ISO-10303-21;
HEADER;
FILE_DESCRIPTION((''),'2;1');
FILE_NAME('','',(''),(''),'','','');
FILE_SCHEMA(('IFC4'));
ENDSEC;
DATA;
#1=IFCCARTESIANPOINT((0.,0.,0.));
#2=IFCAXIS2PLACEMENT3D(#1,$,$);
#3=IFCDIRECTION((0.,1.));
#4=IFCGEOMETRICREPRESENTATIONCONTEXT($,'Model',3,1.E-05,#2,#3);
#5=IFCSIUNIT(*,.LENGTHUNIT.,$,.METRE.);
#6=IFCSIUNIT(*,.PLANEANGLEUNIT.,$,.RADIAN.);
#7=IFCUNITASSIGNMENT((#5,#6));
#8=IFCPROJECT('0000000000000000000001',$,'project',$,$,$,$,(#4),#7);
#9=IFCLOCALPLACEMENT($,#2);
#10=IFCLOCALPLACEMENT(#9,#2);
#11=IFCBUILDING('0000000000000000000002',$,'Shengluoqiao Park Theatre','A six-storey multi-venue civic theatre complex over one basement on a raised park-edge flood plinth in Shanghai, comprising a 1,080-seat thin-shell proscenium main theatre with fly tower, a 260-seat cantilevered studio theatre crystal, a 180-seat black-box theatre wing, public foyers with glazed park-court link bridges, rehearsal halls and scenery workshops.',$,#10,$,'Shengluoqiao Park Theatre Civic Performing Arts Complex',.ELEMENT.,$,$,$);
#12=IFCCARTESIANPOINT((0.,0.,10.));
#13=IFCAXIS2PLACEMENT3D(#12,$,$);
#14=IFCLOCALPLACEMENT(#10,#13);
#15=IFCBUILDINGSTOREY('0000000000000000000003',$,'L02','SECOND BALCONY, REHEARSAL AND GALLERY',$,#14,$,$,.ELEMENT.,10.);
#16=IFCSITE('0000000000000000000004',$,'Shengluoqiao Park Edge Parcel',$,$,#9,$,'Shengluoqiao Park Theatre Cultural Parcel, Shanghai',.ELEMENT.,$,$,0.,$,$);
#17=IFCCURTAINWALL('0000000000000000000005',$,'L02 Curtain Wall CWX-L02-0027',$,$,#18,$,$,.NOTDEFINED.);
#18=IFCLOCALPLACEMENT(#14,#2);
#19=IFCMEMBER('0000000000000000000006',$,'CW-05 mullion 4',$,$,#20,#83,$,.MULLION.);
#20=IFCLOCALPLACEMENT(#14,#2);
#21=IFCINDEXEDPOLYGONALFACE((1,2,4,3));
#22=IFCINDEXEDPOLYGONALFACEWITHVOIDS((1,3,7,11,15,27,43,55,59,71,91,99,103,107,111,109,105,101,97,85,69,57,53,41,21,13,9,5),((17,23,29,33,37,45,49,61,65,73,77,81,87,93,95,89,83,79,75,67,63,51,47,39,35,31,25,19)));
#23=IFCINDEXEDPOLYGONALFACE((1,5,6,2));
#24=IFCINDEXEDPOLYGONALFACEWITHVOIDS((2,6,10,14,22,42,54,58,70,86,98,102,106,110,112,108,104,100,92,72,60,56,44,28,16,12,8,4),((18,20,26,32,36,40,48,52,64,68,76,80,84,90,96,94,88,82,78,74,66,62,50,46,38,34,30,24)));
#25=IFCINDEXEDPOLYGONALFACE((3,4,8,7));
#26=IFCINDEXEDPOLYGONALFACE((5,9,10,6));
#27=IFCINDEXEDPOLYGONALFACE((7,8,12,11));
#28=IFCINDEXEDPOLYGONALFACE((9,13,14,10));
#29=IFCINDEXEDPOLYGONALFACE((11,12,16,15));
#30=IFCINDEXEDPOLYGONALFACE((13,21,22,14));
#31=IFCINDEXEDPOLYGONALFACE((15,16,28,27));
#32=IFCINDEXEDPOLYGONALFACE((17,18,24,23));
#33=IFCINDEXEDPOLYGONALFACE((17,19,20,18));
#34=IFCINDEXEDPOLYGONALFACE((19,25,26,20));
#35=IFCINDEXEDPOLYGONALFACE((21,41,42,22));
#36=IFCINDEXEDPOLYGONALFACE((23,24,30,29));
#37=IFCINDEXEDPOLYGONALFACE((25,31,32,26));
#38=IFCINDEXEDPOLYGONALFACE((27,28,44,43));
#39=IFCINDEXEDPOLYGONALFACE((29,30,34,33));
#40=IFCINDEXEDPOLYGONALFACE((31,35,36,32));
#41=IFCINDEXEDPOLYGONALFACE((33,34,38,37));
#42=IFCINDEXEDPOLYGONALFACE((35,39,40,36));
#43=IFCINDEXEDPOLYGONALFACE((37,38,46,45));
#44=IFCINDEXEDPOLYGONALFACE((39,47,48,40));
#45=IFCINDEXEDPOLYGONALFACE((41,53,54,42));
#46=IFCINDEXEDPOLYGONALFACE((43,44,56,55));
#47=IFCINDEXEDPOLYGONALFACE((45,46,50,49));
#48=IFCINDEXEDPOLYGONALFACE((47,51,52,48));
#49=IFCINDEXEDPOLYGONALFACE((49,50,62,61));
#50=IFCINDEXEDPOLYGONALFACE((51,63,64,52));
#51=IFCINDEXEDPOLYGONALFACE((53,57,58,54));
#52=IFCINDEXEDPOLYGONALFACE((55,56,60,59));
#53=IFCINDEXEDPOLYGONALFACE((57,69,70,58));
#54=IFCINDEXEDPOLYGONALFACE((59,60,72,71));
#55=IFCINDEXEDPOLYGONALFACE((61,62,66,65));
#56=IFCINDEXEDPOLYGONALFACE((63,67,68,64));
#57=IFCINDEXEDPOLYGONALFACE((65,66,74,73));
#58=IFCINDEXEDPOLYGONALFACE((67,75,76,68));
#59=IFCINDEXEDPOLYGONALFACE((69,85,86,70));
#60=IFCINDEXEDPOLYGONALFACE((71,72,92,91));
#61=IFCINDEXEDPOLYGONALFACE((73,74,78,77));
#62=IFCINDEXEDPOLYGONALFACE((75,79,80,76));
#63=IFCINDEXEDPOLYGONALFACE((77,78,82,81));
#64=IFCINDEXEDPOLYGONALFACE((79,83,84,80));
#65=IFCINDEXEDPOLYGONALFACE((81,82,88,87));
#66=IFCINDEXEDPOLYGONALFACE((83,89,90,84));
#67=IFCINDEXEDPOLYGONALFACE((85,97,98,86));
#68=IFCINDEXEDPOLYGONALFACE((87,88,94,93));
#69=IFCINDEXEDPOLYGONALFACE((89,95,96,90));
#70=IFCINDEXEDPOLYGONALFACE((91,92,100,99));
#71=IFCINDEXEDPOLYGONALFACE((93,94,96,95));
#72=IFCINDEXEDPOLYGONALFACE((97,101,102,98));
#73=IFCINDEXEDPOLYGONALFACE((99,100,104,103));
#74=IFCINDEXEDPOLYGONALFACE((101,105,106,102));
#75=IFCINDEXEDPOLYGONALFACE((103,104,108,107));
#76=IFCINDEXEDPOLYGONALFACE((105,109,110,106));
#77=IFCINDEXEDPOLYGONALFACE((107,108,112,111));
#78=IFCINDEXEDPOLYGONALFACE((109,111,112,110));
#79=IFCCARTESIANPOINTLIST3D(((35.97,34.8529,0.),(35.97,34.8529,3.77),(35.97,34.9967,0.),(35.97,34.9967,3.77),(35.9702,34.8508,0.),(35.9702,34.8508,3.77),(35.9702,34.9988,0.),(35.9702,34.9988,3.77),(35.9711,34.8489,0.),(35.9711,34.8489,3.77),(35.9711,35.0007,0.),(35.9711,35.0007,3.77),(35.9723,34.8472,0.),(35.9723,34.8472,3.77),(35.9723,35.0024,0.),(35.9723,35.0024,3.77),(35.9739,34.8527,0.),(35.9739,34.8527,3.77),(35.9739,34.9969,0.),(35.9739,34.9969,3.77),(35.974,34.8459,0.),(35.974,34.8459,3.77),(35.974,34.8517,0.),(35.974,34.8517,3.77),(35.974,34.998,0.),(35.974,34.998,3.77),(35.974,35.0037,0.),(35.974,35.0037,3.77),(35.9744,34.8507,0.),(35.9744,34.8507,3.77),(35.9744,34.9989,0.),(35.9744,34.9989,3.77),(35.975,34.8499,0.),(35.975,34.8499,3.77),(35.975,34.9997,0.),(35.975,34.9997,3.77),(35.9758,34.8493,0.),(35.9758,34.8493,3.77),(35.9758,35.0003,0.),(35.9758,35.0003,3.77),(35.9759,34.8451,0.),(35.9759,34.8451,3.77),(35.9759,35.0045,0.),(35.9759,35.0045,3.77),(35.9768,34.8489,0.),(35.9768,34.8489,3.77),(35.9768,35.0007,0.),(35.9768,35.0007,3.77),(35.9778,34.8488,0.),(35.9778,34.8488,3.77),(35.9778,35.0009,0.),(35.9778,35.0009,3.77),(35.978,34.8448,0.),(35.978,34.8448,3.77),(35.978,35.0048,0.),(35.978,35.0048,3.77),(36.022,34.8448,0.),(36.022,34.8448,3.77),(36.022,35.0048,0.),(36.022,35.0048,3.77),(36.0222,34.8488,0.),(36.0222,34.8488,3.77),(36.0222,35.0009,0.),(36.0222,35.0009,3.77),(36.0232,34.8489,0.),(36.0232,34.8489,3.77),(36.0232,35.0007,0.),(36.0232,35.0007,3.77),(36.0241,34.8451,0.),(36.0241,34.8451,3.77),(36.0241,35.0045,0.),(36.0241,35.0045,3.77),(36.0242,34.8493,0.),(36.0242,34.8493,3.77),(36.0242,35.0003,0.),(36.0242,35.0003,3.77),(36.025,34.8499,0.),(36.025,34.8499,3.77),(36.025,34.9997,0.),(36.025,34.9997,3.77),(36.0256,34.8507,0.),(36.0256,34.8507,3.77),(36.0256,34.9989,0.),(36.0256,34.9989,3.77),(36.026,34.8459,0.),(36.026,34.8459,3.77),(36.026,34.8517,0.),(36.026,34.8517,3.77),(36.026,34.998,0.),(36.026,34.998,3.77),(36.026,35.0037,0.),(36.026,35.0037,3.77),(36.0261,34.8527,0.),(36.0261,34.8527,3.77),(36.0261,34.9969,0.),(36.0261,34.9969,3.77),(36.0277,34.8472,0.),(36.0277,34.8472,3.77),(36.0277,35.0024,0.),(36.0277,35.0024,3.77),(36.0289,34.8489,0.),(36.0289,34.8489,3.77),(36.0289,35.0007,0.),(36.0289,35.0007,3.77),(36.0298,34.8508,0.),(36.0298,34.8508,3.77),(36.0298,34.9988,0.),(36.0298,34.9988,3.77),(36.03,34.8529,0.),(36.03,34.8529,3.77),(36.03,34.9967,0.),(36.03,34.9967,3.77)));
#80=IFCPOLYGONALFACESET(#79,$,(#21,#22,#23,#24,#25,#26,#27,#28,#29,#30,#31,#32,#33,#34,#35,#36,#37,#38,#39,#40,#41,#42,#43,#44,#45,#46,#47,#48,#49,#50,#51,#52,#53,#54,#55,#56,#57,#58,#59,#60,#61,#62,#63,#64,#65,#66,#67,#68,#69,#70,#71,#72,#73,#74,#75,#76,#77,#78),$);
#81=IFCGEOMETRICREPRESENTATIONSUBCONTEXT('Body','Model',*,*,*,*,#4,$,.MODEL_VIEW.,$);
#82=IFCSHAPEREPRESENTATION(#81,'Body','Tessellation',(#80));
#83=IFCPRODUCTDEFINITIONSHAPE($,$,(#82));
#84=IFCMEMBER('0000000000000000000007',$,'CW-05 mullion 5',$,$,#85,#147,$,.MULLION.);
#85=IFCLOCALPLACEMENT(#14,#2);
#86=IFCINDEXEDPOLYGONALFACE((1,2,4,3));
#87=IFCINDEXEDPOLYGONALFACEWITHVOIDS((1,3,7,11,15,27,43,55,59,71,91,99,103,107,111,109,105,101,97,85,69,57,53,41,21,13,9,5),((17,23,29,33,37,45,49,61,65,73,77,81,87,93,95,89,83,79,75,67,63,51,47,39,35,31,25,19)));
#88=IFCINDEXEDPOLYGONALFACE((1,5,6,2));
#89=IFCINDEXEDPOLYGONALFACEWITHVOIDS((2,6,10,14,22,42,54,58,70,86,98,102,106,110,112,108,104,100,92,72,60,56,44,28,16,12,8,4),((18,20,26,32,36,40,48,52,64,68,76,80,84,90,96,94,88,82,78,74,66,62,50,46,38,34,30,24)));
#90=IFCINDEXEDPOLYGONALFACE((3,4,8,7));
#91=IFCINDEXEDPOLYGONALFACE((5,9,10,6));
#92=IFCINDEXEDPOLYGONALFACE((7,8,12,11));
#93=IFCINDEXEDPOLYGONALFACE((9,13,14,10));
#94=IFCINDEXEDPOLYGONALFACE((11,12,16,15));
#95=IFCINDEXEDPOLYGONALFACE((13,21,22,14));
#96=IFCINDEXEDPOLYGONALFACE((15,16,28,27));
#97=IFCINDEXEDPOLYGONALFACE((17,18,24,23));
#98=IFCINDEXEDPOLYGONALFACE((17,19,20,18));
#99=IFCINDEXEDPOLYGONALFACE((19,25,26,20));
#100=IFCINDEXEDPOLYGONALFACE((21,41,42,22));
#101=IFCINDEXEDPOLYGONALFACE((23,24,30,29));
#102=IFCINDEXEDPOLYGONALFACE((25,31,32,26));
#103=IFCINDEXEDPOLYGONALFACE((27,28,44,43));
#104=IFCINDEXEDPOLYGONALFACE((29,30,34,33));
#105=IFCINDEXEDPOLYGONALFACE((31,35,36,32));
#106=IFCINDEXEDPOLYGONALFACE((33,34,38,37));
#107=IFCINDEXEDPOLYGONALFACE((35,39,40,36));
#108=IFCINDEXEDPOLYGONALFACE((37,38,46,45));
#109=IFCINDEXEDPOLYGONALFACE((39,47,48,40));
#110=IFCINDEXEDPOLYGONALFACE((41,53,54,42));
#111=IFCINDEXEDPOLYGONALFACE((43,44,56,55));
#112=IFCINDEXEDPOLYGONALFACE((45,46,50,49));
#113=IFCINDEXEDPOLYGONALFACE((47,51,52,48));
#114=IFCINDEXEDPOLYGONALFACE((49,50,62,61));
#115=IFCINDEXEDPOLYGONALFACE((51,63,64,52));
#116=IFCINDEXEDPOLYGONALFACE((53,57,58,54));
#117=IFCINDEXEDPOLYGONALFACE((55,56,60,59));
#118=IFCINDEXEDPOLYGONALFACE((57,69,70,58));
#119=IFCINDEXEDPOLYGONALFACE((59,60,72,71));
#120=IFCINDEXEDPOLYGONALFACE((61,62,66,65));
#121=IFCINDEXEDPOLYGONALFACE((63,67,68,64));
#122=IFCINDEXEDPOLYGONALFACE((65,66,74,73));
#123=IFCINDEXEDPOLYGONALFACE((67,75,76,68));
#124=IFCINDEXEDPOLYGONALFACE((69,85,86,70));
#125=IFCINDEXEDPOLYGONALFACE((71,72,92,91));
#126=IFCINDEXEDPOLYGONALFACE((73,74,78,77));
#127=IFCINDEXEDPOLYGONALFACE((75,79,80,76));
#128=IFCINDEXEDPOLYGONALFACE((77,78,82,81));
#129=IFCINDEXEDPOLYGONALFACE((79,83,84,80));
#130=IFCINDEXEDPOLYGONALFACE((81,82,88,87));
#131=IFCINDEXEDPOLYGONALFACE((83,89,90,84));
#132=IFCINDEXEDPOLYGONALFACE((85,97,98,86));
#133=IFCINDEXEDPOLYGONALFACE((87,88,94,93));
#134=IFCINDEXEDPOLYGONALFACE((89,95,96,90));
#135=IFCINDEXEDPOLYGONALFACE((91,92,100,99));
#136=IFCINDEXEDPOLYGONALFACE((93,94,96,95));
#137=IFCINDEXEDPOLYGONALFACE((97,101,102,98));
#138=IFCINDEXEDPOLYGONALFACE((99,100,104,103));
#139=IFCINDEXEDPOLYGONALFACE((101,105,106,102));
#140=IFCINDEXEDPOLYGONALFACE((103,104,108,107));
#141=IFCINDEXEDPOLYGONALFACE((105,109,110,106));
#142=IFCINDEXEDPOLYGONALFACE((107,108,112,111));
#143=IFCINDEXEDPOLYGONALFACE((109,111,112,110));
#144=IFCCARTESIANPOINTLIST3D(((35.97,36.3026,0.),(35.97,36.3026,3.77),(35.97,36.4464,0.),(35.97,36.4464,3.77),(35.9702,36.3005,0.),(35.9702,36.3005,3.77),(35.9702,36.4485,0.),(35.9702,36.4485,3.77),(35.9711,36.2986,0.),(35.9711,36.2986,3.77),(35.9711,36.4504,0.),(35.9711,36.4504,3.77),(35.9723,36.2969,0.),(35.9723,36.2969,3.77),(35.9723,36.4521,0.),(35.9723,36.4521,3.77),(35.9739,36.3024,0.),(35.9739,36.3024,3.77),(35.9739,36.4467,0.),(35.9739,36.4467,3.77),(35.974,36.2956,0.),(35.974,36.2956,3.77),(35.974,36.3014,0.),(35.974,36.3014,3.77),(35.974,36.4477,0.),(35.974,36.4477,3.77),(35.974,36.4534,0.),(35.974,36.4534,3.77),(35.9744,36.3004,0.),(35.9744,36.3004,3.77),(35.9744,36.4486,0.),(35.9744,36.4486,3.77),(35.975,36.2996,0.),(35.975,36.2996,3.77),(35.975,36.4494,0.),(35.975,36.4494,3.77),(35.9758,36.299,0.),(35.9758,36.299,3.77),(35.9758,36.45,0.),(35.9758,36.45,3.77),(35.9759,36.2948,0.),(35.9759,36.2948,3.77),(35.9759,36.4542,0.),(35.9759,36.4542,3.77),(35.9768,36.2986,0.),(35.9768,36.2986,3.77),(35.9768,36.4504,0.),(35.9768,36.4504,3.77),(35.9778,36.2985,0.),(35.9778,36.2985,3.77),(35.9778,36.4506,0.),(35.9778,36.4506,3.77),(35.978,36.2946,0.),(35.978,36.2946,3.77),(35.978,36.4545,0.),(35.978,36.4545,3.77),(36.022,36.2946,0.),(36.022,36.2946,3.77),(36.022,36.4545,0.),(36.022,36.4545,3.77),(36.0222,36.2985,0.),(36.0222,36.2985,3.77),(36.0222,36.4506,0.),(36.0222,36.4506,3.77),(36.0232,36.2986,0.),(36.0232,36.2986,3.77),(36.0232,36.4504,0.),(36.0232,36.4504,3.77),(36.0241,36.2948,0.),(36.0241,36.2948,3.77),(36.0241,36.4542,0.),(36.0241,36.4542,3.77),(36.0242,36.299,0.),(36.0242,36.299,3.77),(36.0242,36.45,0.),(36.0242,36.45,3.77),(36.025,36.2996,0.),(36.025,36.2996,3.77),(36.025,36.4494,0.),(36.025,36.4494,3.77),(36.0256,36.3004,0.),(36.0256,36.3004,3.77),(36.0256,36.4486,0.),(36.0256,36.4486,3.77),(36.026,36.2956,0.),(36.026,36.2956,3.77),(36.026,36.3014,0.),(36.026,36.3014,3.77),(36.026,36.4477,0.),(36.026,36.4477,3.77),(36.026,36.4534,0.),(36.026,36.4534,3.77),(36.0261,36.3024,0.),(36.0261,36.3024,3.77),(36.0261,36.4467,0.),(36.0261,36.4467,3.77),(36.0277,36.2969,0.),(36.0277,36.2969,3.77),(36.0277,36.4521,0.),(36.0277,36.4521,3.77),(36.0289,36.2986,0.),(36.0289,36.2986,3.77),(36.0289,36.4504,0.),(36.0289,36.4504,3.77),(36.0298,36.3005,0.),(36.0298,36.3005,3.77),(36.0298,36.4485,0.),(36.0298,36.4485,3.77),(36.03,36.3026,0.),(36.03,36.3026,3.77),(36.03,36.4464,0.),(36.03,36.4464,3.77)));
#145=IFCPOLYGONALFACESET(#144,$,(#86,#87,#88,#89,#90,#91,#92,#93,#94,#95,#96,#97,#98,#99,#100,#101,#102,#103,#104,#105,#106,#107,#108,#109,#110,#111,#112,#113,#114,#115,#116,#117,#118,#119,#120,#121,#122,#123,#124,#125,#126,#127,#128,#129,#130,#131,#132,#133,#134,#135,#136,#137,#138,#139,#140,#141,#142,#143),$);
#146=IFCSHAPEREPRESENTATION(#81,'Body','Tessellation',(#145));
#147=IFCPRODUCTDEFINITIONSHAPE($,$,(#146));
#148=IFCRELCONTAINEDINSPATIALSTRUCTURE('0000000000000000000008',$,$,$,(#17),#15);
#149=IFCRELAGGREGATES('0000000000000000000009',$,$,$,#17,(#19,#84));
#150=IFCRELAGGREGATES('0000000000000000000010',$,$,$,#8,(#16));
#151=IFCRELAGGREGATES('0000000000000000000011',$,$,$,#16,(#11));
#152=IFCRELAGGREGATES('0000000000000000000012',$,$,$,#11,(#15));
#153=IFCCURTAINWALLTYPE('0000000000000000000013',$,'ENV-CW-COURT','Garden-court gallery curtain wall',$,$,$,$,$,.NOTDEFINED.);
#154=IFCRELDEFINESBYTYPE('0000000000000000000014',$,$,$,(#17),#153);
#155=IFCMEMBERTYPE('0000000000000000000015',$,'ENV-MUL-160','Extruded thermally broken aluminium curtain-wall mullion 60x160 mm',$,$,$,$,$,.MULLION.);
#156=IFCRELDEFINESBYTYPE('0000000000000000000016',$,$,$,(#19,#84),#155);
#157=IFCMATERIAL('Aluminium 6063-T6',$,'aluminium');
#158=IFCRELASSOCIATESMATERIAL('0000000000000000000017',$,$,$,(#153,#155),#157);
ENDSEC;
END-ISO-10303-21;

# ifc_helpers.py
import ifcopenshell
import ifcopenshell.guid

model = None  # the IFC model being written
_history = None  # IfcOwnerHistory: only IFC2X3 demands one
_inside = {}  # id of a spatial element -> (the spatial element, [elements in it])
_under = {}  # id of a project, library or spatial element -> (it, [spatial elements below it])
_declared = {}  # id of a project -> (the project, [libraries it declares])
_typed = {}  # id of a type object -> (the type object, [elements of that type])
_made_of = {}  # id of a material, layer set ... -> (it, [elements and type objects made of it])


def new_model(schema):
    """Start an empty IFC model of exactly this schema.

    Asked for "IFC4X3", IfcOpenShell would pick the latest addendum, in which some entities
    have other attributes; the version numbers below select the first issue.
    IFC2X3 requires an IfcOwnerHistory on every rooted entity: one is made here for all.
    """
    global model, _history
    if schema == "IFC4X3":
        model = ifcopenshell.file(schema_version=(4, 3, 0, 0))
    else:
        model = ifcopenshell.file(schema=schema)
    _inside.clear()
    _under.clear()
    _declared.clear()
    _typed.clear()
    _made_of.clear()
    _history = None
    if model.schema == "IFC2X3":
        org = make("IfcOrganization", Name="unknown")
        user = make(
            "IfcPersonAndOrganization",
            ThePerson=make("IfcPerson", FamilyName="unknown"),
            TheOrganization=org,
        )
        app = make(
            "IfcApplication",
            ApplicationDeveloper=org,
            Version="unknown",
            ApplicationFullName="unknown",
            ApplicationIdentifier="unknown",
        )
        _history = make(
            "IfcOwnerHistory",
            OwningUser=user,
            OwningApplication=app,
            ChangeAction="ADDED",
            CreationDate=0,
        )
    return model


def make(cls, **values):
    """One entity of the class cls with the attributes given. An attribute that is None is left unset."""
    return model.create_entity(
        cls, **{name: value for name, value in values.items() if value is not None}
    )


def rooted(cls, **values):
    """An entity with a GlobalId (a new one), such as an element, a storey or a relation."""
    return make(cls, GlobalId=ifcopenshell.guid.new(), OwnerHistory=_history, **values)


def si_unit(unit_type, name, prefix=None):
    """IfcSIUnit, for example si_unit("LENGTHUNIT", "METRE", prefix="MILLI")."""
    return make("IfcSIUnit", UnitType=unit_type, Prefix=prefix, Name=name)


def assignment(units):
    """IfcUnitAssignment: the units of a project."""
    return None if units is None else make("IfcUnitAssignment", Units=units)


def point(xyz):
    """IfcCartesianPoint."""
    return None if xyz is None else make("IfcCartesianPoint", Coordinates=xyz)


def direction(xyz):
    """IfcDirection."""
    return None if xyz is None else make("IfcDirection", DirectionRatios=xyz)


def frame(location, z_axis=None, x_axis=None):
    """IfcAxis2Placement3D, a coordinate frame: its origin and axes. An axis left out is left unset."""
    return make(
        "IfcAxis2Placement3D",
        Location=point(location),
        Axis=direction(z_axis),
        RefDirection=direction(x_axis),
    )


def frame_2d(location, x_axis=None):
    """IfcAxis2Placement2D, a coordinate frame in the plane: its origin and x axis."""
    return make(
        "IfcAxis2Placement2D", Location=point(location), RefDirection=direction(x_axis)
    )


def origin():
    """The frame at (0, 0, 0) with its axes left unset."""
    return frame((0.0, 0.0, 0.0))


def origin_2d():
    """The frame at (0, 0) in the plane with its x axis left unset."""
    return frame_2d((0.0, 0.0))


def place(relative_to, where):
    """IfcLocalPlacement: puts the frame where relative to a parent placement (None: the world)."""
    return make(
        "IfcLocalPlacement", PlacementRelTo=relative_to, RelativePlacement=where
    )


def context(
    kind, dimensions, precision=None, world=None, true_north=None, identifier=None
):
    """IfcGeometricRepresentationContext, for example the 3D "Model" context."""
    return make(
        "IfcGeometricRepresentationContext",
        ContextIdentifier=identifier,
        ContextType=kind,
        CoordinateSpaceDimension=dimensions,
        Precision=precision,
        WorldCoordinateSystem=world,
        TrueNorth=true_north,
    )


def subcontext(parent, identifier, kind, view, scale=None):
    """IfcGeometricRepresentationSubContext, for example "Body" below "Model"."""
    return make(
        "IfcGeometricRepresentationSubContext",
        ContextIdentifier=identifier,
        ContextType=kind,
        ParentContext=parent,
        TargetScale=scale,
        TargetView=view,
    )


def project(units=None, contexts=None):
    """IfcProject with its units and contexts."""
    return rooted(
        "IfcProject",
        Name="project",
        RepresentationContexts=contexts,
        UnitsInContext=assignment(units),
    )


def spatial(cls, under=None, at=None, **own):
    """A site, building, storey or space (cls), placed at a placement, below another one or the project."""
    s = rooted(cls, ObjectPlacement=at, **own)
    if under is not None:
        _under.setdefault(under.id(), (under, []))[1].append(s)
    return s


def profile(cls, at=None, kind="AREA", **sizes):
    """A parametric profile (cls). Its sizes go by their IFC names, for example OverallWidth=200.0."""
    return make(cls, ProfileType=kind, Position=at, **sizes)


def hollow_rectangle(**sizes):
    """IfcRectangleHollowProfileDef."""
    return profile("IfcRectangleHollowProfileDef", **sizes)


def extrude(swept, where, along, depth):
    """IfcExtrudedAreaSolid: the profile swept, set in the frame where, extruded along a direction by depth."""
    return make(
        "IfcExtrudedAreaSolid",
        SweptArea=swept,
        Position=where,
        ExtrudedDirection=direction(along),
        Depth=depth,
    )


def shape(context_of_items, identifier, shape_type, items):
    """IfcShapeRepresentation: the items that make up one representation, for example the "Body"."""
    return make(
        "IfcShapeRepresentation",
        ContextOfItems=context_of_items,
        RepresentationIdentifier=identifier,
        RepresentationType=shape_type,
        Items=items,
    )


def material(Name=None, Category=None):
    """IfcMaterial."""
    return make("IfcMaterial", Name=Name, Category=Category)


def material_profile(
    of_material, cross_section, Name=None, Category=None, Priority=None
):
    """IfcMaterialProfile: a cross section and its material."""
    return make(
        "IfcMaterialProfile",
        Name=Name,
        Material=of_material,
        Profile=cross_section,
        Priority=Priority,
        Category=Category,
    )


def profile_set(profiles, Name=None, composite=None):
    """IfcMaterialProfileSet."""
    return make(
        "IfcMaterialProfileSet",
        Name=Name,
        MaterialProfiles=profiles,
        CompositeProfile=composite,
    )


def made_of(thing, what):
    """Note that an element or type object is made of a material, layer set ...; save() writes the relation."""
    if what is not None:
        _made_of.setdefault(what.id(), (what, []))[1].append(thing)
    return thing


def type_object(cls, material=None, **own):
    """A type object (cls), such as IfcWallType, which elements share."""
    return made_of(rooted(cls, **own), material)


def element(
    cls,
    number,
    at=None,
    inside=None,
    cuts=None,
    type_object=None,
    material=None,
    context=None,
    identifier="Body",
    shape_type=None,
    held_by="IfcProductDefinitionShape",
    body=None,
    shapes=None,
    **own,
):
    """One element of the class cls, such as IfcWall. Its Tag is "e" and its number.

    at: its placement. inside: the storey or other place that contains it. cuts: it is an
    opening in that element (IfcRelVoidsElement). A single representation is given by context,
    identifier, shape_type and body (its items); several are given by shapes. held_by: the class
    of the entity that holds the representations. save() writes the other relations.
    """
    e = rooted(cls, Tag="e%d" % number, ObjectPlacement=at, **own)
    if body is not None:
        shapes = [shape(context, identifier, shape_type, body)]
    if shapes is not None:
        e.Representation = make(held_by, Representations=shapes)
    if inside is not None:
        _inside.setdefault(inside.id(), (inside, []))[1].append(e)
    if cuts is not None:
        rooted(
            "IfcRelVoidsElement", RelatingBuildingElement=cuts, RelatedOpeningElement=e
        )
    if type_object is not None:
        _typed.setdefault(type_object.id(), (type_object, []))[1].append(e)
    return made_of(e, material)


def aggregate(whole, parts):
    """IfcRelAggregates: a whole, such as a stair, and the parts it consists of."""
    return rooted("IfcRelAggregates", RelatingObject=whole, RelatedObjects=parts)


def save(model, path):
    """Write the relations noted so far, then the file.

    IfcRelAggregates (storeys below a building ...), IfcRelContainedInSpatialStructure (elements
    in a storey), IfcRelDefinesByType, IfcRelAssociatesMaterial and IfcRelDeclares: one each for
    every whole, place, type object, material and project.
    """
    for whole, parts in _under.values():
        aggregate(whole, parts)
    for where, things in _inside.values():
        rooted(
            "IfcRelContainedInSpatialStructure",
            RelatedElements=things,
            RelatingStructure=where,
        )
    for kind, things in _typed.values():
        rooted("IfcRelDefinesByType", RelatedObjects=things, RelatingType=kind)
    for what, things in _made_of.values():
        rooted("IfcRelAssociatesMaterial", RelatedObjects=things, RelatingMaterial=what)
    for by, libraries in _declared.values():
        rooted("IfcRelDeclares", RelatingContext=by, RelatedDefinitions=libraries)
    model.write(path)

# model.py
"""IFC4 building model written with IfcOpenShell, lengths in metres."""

from ifc_helpers import new_model, si_unit, direction, frame, origin, origin_2d, place, context, subcontext, project, spatial, hollow_rectangle, extrude, material, material_profile, profile_set, type_object, element, aggregate, save


model = new_model("IFC4")

# Units and contexts
model_context = context("Model", 3, precision=1e-05, world=origin(), true_north=direction((0.0, 1.0)))
body_context = subcontext(model_context, "Body", "Model", "MODEL_VIEW")
ifc_project = project(units=[si_unit("LENGTHUNIT", "METRE"), si_unit("PLANEANGLEUNIT", "RADIAN")], contexts=[model_context])

# Site, building, storey
site_placement = place(None, origin())
site = spatial("IfcSite", under=ifc_project, at=site_placement, Name="Shengluoqiao Park Edge Parcel", LongName="Shengluoqiao Park Theatre Cultural Parcel, Shanghai", CompositionType="ELEMENT", RefElevation=0.0)
building_placement = place(site_placement, origin())
building = spatial("IfcBuilding", under=site, at=building_placement, Name="Shengluoqiao Park Theatre", Description="A six-storey multi-venue civic theatre complex over one basement on a raised park-edge flood plinth in Shanghai, comprising a 1,080-seat thin-shell proscenium main theatre with fly tower, a 260-seat cantilevered studio theatre crystal, a 180-seat black-box theatre wing, public foyers with glazed park-court link bridges, rehearsal halls and scenery workshops.", LongName="Shengluoqiao Park Theatre Civic Performing Arts Complex", CompositionType="ELEMENT")
storey_placement = place(building_placement, frame((0.0, 0.0, 10.0)))
storey = spatial("IfcBuildingStorey", under=building, at=storey_placement, Name="L02", Description="SECOND BALCONY, REHEARSAL AND GALLERY", CompositionType="ELEMENT", Elevation=10.0)

# Curtain wall, members
ifc_material_1 = material(Name="Aluminium 6063-T6", Category="aluminium")
curtain_wall_type = type_object("IfcCurtainWallType", Name="ENV-CW-COURT", Description="Garden-court gallery curtain wall", PredefinedType="NOTDEFINED", material=ifc_material_1)
curtain_wall_placement = place(storey_placement, origin())
curtain_wall = element("IfcCurtainWall", 1, at=curtain_wall_placement, inside=storey, type_object=curtain_wall_type, Name="L02 Curtain Wall CWX-L02-0027", PredefinedType="NOTDEFINED")
ifc_material_profile_1 = material_profile(ifc_material_1, hollow_rectangle(XDim=0.0601, YDim=0.1599, WallThickness=0.0039, InnerFilletRadius=0.0039, OuterFilletRadius=0.0081, at=origin_2d()), Name="ALU MULLION 160x60x4")
ifc_profile_set_1 = profile_set([ifc_material_profile_1], Name="Aluminium 6063-T6")
member_type_1 = type_object("IfcMemberType", Name="ENV-MUL-160", Description="Extruded thermally broken aluminium curtain-wall mullion 60x160 mm", PredefinedType="MULLION", material=ifc_profile_set_1)
member_1_placement = place(storey_placement, frame((36.0, 34.9248, 0.0), z_axis=(0.0, 0.0, 1.0), x_axis=(-1.0, 0.0, 0.0)))
member_1 = element("IfcMember", 2, at=member_1_placement, type_object=member_type_1, Name="CW-05 mullion 4", PredefinedType="MULLION", context=body_context, shape_type="SweptSolid", body=[
    extrude(hollow_rectangle(XDim=0.0601, YDim=0.1599, WallThickness=0.0039, InnerFilletRadius=0.0039, OuterFilletRadius=0.0081, at=origin_2d()), origin(), (0.0, 0.0, 1.0), 3.77),
])
member_2_placement = place(storey_placement, frame((36.0, 36.3745, 0.0), z_axis=(0.0, 0.0, 1.0), x_axis=(-1.0, 0.0, 0.0)))
member_2 = element("IfcMember", 3, at=member_2_placement, type_object=member_type_1, Name="CW-05 mullion 5", PredefinedType="MULLION", context=body_context, shape_type="SweptSolid", body=[
    extrude(hollow_rectangle(XDim=0.0601, YDim=0.1599, WallThickness=0.0039, InnerFilletRadius=0.0039, OuterFilletRadius=0.0081, at=origin_2d()), origin(), (0.0, 0.0, 1.0), 3.77),
])
aggregate(curtain_wall, [member_1, member_2])

save(model, "model.ifc")
